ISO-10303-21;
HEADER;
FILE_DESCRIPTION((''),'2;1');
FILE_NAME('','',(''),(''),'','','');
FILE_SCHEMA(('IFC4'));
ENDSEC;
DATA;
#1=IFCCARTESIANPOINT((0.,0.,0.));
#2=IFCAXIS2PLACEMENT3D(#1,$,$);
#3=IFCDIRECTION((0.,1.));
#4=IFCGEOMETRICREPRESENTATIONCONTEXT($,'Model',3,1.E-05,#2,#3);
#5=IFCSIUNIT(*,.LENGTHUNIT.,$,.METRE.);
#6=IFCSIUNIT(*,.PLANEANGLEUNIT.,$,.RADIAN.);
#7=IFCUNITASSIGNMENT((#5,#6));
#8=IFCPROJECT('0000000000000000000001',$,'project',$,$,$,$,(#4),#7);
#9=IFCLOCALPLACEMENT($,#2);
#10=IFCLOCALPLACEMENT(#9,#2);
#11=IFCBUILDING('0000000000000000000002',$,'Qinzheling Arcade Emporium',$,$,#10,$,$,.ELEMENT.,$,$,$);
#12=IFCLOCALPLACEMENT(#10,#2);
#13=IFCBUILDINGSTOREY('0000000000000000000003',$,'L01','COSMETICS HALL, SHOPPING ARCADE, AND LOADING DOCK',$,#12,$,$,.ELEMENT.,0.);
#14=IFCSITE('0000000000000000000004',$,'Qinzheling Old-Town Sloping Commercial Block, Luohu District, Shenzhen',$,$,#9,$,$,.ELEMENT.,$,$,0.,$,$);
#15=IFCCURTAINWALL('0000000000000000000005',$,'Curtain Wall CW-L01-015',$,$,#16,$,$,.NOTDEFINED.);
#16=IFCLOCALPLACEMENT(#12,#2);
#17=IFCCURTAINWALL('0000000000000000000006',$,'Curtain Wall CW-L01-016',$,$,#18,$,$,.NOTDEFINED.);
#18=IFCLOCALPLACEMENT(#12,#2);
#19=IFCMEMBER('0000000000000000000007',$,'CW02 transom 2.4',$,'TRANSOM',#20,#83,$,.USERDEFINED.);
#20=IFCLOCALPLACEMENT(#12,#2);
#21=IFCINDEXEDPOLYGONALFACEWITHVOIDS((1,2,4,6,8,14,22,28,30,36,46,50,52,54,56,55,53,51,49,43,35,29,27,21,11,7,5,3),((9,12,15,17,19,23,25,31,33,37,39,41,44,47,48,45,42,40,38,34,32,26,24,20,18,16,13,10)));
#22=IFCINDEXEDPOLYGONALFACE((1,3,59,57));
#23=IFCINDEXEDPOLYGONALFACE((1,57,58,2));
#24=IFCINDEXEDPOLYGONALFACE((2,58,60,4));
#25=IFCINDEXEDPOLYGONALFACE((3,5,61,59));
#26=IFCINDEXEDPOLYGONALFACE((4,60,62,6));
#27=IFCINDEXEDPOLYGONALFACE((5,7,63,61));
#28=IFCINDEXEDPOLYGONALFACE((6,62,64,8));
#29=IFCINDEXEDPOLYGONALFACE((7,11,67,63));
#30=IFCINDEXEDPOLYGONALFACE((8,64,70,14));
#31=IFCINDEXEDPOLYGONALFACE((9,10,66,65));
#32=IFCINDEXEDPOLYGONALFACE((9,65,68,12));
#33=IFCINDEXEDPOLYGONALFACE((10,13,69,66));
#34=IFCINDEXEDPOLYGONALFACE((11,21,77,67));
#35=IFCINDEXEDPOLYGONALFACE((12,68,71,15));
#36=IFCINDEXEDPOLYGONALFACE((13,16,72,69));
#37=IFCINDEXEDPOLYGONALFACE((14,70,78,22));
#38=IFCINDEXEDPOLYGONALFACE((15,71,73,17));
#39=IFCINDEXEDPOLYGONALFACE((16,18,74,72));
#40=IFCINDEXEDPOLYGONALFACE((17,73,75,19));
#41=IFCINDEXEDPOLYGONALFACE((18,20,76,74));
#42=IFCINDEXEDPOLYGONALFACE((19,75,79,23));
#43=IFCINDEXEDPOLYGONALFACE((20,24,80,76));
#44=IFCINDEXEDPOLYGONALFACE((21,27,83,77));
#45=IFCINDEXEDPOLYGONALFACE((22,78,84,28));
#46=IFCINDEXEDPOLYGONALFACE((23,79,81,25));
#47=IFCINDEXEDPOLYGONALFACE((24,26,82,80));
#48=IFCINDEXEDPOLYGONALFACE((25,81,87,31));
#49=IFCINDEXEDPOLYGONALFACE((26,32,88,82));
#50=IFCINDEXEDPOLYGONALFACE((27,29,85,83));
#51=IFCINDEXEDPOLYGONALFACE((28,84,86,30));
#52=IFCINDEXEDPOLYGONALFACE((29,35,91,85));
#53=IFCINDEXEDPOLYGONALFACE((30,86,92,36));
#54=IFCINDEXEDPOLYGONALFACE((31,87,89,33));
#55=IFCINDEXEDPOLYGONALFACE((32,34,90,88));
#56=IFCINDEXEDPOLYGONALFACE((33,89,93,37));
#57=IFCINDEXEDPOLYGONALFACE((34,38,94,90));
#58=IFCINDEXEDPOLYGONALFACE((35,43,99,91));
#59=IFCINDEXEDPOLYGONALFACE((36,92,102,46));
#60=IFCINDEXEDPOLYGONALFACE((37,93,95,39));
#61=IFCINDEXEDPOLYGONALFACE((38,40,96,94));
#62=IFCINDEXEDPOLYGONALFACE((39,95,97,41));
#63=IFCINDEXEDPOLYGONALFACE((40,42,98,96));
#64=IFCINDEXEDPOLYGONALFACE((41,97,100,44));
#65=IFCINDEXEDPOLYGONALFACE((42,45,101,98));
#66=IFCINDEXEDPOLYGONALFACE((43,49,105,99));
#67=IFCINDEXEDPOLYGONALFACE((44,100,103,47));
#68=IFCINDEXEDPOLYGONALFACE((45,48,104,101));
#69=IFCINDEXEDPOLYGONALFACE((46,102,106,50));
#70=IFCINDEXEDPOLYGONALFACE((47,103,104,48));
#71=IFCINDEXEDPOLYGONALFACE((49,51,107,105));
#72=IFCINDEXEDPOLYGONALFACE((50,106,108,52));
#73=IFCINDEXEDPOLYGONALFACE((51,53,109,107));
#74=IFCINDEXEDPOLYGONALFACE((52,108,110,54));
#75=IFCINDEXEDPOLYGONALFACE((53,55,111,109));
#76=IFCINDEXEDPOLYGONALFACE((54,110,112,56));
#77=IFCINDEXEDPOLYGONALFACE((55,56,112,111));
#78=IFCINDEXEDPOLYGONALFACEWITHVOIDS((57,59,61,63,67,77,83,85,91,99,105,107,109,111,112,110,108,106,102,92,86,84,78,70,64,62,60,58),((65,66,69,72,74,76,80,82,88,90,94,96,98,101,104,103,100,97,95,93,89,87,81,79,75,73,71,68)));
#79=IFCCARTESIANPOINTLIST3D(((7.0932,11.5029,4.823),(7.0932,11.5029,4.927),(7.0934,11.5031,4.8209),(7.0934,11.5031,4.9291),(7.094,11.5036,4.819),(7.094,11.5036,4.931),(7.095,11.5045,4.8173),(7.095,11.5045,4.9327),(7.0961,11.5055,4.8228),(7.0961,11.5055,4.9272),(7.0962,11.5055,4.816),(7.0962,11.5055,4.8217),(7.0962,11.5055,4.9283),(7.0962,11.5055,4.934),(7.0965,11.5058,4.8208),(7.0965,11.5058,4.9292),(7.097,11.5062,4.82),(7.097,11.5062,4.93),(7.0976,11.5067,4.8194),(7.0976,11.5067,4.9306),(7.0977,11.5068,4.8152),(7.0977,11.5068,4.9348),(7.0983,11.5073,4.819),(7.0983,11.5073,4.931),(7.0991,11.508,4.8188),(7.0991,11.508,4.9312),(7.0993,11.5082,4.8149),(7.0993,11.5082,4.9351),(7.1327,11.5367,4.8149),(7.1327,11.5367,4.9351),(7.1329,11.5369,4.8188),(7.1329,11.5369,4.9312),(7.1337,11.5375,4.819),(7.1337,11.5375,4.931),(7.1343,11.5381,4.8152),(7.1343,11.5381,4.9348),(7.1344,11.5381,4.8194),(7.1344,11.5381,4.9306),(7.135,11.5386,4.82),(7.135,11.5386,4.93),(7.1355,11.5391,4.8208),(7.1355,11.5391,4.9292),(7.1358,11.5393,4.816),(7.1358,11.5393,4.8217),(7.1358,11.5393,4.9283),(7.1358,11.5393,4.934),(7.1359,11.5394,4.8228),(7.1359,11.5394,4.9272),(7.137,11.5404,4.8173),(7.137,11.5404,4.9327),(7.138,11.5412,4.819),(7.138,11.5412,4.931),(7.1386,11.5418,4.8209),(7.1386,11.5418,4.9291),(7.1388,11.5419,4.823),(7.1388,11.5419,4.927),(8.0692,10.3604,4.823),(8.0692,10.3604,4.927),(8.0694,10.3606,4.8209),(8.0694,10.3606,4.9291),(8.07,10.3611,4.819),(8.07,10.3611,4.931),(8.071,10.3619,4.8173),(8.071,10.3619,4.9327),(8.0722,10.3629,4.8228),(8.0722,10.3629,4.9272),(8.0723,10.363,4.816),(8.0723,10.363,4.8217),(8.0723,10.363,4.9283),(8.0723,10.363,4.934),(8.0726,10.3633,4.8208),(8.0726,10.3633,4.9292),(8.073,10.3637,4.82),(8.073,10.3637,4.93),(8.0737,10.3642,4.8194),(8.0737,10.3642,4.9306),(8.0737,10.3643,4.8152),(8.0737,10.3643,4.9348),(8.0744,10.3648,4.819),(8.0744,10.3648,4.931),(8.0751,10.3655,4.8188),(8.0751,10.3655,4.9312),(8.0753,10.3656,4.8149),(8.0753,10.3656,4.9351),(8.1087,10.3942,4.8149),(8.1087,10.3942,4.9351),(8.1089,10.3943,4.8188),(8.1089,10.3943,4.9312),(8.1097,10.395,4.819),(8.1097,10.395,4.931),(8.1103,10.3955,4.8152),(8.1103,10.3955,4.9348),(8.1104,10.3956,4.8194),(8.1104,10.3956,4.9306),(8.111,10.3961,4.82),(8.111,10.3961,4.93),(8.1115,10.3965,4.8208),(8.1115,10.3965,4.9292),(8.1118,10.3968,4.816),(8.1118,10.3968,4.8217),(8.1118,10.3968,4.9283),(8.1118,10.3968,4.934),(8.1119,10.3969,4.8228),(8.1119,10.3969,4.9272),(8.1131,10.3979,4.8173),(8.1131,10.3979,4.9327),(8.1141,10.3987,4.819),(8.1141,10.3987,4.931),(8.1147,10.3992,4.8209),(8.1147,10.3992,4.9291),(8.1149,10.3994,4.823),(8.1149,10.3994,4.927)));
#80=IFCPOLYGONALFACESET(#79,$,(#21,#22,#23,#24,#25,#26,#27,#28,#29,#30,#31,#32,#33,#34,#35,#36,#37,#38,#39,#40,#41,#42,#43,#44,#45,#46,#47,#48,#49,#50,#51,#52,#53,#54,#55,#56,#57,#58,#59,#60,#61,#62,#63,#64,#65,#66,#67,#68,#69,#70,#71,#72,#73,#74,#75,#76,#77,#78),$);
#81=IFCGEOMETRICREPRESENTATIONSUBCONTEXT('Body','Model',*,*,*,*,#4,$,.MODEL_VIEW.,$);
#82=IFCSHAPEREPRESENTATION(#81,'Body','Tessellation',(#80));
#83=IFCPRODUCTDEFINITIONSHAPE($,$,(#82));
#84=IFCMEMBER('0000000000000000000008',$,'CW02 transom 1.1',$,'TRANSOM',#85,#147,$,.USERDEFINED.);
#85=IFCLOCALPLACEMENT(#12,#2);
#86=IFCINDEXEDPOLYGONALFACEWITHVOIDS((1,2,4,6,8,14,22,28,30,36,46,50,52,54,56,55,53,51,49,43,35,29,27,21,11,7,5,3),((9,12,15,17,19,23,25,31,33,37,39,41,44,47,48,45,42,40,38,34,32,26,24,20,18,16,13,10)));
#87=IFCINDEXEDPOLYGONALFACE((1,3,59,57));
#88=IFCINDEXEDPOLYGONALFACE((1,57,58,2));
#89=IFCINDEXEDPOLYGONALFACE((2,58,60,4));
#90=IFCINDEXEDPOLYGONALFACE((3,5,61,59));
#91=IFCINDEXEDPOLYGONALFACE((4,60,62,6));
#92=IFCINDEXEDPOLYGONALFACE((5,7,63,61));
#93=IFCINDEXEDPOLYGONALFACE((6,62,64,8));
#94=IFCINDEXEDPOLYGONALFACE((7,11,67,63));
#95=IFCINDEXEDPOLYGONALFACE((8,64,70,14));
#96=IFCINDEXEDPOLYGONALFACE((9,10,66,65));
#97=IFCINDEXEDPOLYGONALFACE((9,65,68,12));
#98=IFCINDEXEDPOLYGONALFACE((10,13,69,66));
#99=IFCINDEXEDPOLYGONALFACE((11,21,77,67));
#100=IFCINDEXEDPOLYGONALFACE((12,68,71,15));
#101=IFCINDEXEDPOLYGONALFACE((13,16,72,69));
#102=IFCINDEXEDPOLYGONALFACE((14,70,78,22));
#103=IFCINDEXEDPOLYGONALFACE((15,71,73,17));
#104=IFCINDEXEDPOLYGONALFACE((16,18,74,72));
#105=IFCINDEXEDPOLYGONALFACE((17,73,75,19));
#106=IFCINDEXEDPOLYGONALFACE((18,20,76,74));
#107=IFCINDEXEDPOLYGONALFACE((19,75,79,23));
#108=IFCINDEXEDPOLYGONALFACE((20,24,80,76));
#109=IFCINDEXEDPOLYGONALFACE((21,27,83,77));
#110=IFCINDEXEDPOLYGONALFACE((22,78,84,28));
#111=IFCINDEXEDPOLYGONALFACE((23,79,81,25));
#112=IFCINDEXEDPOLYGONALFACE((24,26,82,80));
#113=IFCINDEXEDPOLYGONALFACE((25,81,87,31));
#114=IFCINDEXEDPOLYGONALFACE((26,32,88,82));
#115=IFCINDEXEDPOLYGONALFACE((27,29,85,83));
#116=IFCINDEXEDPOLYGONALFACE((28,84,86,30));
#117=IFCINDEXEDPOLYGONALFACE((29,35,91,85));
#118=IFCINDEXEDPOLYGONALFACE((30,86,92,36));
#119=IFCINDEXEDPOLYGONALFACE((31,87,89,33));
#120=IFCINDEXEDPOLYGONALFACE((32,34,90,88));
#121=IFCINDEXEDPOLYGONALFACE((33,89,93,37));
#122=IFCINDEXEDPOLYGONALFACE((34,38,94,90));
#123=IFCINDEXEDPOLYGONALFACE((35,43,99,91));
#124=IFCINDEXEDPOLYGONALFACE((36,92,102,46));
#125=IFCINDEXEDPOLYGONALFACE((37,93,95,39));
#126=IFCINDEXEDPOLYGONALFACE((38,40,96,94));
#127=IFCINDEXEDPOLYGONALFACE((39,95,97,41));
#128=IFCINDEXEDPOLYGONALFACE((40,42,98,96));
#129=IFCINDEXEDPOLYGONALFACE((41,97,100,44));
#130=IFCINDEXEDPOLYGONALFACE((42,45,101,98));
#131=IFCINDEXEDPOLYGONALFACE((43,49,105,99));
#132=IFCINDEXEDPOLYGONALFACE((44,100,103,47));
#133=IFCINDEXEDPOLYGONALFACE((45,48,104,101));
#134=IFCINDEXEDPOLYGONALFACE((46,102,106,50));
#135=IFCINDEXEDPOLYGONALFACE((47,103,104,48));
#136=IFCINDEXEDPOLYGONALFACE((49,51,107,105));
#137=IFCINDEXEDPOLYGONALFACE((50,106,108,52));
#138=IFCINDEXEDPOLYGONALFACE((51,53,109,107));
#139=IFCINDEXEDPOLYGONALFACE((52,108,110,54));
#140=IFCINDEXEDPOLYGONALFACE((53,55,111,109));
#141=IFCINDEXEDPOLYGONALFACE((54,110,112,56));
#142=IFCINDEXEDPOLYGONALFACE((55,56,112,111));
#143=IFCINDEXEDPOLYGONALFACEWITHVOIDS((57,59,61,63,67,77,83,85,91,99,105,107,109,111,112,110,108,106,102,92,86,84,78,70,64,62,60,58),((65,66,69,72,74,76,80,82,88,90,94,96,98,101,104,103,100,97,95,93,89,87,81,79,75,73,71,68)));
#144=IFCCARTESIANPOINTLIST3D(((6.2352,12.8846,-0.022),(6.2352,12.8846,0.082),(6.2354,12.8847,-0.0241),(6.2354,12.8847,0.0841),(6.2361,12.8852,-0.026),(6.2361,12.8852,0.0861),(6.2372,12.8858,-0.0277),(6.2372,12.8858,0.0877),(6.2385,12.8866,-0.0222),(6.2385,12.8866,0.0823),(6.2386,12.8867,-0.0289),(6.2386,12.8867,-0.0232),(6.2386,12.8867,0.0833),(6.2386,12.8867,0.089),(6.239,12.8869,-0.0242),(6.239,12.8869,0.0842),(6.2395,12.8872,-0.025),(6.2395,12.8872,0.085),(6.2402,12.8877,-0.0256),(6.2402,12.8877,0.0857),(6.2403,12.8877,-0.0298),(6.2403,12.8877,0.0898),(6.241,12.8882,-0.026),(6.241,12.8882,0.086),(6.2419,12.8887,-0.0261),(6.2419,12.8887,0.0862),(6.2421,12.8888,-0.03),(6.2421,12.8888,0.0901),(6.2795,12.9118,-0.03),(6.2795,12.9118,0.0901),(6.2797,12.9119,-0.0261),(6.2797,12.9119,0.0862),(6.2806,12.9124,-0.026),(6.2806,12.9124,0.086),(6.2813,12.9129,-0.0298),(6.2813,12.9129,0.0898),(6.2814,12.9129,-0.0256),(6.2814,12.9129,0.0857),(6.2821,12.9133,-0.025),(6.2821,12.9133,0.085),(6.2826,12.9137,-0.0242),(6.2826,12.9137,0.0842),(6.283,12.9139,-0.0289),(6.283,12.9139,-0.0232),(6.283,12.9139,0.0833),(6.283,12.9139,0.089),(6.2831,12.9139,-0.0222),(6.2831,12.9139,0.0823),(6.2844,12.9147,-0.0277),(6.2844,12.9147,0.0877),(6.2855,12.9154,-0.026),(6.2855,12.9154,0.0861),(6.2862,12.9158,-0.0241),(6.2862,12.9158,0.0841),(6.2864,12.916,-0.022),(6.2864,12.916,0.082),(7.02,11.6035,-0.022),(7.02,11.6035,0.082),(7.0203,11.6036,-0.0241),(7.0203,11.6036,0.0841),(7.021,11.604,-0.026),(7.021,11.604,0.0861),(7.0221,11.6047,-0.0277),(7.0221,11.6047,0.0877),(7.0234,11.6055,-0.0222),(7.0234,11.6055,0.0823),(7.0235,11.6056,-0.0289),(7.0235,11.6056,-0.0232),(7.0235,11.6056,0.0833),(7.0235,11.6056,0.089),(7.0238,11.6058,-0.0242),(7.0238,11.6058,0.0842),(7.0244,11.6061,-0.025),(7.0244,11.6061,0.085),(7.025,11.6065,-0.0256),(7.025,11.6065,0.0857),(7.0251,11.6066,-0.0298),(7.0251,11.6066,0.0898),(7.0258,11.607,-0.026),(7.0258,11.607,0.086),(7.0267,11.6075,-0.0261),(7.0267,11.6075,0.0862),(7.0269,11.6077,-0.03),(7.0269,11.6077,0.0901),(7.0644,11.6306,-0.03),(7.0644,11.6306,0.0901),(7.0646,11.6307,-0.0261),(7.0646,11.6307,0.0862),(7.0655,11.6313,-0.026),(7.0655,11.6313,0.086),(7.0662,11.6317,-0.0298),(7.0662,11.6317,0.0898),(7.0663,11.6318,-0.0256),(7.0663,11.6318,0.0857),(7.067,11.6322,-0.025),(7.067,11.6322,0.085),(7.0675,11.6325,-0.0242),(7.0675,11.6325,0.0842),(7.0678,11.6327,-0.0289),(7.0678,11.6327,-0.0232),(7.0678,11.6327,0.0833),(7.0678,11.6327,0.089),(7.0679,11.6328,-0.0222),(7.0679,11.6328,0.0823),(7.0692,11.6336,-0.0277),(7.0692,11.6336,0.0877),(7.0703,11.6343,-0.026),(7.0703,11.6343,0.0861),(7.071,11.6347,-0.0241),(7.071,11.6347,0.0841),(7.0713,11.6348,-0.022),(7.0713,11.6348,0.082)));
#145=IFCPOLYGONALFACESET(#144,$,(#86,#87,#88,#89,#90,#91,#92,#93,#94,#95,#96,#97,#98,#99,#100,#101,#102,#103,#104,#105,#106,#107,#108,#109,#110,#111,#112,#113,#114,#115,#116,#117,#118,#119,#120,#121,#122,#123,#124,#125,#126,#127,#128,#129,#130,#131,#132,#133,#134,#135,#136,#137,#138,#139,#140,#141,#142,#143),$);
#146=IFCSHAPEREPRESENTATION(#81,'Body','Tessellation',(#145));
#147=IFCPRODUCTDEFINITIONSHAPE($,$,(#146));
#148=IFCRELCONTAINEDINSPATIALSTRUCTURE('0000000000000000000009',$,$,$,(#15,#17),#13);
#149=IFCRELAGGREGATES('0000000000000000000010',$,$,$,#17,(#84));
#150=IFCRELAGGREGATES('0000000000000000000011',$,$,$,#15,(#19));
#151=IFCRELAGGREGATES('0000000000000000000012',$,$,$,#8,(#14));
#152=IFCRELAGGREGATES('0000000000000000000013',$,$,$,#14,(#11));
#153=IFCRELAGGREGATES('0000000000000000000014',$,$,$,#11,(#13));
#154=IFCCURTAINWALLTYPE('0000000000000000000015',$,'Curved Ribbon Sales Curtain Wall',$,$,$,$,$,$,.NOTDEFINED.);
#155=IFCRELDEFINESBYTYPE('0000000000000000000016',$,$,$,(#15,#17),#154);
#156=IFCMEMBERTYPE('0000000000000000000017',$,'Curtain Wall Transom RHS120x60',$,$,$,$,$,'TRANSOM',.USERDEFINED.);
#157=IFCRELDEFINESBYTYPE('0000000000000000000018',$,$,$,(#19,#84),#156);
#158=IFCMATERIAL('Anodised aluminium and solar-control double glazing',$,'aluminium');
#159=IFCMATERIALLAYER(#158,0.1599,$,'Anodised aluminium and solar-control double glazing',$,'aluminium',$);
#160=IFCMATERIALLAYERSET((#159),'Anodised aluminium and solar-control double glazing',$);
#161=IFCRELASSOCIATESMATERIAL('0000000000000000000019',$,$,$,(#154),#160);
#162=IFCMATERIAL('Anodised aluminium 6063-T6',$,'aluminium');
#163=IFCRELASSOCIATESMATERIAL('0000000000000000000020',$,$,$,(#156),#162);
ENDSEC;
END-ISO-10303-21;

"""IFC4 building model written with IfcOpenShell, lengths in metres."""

from ifc_helpers import new_model, si_unit, direction, frame, origin, origin_2d, place, context, subcontext, project, spatial, hollow_rectangle, extrude, material, layer, layer_set, material_profile, profile_set, type_object, element, aggregate, save


model = new_model("IFC4")

# Units and contexts
model_context = context("Model", 3, precision=1e-05, world=origin(), true_north=direction((0.0, 1.0)))
body_context = subcontext(model_context, "Body", "Model", "MODEL_VIEW")
ifc_project = project(units=[si_unit("LENGTHUNIT", "METRE"), si_unit("PLANEANGLEUNIT", "RADIAN")], contexts=[model_context])

# Site, building, storey
site_placement = place(None, origin())
site = spatial("IfcSite", under=ifc_project, at=site_placement, Name="Qinzheling Old-Town Sloping Commercial Block, Luohu District, Shenzhen", CompositionType="ELEMENT", RefElevation=0.0)
building_placement = place(site_placement, origin())
building = spatial("IfcBuilding", under=site, at=building_placement, Name="Qinzheling Arcade Emporium", CompositionType="ELEMENT")
storey_placement = place(building_placement, origin())
storey = spatial("IfcBuildingStorey", under=building, at=storey_placement, Name="L01", Description="COSMETICS HALL, SHOPPING ARCADE, AND LOADING DOCK", CompositionType="ELEMENT", Elevation=0.0)

# Curtain walls
ifc_material_1 = material(Name="Anodised aluminium and solar-control double glazing", Category="aluminium")
ifc_layer_1 = layer(ifc_material_1, 0.1599, Name="Anodised aluminium and solar-control double glazing", Category="aluminium")
ifc_layer_set_1 = layer_set([ifc_layer_1], Name="Anodised aluminium and solar-control double glazing")
curtain_wall_type = type_object("IfcCurtainWallType", Name="Curved Ribbon Sales Curtain Wall", PredefinedType="NOTDEFINED", material=ifc_layer_set_1)
curtain_wall_1_placement = place(storey_placement, origin())
curtain_wall_1 = element("IfcCurtainWall", 1, at=curtain_wall_1_placement, inside=storey, type_object=curtain_wall_type, Name="Curtain Wall CW-L01-015", PredefinedType="NOTDEFINED")
ifc_material_2 = material(Name="Anodised aluminium 6063-T6", Category="aluminium")
curtain_wall_2_placement = place(storey_placement, origin())
curtain_wall_2 = element("IfcCurtainWall", 2, at=curtain_wall_2_placement, inside=storey, type_object=curtain_wall_type, Name="Curtain Wall CW-L01-016", PredefinedType="NOTDEFINED")

# Members
ifc_material_profile_1 = material_profile(ifc_material_2, hollow_rectangle(XDim=0.0601, YDim=0.1201, WallThickness=0.0039, InnerFilletRadius=0.0039, OuterFilletRadius=0.0081, at=origin_2d()), Name="RHS 120x60x4", Category="aluminium")
ifc_profile_set_1 = profile_set([ifc_material_profile_1], Name="Anodised aluminium 6063-T6")
member_type_1 = type_object("IfcMemberType", Name="Curtain Wall Transom RHS120x60", ElementType="TRANSOM", PredefinedType="USERDEFINED", material=ifc_profile_set_1)
member_1_placement = place(storey_placement, frame((8.092, 10.3799, 4.875), z_axis=(-0.649533, 0.760334, 0.0), x_axis=(-0.760334, -0.649533, 0.0)))
member_1 = element("IfcMember", 3, at=member_1_placement, type_object=member_type_1, Name="CW02 transom 2.4", ObjectType="TRANSOM", PredefinedType="USERDEFINED", context=body_context, shape_type="SweptSolid", body=[
    extrude(hollow_rectangle(XDim=0.0601, YDim=0.1201, WallThickness=0.0039, InnerFilletRadius=0.0039, OuterFilletRadius=0.0081, at=origin_2d()), origin(), (0.0, 0.0, 1.0), 1.5027),
])
member_2_placement = place(storey_placement, frame((7.0457, 11.6191, 0.03), z_axis=(-0.522383, 0.852711, 0.0), x_axis=(-0.852711, -0.522383, 0.0)))
member_2 = element("IfcMember", 4, at=member_2_placement, type_object=member_type_1, Name="CW02 transom 1.1", ObjectType="TRANSOM", PredefinedType="USERDEFINED", context=body_context, shape_type="SweptSolid", body=[
    extrude(hollow_rectangle(XDim=0.0601, YDim=0.1201, WallThickness=0.0039, InnerFilletRadius=0.0039, OuterFilletRadius=0.0081, at=origin_2d()), origin(), (0.0, 0.0, 1.0), 1.5024),
])

aggregate(curtain_wall_2, [member_2])
aggregate(curtain_wall_1, [member_1])

save(model, "model.ifc")
